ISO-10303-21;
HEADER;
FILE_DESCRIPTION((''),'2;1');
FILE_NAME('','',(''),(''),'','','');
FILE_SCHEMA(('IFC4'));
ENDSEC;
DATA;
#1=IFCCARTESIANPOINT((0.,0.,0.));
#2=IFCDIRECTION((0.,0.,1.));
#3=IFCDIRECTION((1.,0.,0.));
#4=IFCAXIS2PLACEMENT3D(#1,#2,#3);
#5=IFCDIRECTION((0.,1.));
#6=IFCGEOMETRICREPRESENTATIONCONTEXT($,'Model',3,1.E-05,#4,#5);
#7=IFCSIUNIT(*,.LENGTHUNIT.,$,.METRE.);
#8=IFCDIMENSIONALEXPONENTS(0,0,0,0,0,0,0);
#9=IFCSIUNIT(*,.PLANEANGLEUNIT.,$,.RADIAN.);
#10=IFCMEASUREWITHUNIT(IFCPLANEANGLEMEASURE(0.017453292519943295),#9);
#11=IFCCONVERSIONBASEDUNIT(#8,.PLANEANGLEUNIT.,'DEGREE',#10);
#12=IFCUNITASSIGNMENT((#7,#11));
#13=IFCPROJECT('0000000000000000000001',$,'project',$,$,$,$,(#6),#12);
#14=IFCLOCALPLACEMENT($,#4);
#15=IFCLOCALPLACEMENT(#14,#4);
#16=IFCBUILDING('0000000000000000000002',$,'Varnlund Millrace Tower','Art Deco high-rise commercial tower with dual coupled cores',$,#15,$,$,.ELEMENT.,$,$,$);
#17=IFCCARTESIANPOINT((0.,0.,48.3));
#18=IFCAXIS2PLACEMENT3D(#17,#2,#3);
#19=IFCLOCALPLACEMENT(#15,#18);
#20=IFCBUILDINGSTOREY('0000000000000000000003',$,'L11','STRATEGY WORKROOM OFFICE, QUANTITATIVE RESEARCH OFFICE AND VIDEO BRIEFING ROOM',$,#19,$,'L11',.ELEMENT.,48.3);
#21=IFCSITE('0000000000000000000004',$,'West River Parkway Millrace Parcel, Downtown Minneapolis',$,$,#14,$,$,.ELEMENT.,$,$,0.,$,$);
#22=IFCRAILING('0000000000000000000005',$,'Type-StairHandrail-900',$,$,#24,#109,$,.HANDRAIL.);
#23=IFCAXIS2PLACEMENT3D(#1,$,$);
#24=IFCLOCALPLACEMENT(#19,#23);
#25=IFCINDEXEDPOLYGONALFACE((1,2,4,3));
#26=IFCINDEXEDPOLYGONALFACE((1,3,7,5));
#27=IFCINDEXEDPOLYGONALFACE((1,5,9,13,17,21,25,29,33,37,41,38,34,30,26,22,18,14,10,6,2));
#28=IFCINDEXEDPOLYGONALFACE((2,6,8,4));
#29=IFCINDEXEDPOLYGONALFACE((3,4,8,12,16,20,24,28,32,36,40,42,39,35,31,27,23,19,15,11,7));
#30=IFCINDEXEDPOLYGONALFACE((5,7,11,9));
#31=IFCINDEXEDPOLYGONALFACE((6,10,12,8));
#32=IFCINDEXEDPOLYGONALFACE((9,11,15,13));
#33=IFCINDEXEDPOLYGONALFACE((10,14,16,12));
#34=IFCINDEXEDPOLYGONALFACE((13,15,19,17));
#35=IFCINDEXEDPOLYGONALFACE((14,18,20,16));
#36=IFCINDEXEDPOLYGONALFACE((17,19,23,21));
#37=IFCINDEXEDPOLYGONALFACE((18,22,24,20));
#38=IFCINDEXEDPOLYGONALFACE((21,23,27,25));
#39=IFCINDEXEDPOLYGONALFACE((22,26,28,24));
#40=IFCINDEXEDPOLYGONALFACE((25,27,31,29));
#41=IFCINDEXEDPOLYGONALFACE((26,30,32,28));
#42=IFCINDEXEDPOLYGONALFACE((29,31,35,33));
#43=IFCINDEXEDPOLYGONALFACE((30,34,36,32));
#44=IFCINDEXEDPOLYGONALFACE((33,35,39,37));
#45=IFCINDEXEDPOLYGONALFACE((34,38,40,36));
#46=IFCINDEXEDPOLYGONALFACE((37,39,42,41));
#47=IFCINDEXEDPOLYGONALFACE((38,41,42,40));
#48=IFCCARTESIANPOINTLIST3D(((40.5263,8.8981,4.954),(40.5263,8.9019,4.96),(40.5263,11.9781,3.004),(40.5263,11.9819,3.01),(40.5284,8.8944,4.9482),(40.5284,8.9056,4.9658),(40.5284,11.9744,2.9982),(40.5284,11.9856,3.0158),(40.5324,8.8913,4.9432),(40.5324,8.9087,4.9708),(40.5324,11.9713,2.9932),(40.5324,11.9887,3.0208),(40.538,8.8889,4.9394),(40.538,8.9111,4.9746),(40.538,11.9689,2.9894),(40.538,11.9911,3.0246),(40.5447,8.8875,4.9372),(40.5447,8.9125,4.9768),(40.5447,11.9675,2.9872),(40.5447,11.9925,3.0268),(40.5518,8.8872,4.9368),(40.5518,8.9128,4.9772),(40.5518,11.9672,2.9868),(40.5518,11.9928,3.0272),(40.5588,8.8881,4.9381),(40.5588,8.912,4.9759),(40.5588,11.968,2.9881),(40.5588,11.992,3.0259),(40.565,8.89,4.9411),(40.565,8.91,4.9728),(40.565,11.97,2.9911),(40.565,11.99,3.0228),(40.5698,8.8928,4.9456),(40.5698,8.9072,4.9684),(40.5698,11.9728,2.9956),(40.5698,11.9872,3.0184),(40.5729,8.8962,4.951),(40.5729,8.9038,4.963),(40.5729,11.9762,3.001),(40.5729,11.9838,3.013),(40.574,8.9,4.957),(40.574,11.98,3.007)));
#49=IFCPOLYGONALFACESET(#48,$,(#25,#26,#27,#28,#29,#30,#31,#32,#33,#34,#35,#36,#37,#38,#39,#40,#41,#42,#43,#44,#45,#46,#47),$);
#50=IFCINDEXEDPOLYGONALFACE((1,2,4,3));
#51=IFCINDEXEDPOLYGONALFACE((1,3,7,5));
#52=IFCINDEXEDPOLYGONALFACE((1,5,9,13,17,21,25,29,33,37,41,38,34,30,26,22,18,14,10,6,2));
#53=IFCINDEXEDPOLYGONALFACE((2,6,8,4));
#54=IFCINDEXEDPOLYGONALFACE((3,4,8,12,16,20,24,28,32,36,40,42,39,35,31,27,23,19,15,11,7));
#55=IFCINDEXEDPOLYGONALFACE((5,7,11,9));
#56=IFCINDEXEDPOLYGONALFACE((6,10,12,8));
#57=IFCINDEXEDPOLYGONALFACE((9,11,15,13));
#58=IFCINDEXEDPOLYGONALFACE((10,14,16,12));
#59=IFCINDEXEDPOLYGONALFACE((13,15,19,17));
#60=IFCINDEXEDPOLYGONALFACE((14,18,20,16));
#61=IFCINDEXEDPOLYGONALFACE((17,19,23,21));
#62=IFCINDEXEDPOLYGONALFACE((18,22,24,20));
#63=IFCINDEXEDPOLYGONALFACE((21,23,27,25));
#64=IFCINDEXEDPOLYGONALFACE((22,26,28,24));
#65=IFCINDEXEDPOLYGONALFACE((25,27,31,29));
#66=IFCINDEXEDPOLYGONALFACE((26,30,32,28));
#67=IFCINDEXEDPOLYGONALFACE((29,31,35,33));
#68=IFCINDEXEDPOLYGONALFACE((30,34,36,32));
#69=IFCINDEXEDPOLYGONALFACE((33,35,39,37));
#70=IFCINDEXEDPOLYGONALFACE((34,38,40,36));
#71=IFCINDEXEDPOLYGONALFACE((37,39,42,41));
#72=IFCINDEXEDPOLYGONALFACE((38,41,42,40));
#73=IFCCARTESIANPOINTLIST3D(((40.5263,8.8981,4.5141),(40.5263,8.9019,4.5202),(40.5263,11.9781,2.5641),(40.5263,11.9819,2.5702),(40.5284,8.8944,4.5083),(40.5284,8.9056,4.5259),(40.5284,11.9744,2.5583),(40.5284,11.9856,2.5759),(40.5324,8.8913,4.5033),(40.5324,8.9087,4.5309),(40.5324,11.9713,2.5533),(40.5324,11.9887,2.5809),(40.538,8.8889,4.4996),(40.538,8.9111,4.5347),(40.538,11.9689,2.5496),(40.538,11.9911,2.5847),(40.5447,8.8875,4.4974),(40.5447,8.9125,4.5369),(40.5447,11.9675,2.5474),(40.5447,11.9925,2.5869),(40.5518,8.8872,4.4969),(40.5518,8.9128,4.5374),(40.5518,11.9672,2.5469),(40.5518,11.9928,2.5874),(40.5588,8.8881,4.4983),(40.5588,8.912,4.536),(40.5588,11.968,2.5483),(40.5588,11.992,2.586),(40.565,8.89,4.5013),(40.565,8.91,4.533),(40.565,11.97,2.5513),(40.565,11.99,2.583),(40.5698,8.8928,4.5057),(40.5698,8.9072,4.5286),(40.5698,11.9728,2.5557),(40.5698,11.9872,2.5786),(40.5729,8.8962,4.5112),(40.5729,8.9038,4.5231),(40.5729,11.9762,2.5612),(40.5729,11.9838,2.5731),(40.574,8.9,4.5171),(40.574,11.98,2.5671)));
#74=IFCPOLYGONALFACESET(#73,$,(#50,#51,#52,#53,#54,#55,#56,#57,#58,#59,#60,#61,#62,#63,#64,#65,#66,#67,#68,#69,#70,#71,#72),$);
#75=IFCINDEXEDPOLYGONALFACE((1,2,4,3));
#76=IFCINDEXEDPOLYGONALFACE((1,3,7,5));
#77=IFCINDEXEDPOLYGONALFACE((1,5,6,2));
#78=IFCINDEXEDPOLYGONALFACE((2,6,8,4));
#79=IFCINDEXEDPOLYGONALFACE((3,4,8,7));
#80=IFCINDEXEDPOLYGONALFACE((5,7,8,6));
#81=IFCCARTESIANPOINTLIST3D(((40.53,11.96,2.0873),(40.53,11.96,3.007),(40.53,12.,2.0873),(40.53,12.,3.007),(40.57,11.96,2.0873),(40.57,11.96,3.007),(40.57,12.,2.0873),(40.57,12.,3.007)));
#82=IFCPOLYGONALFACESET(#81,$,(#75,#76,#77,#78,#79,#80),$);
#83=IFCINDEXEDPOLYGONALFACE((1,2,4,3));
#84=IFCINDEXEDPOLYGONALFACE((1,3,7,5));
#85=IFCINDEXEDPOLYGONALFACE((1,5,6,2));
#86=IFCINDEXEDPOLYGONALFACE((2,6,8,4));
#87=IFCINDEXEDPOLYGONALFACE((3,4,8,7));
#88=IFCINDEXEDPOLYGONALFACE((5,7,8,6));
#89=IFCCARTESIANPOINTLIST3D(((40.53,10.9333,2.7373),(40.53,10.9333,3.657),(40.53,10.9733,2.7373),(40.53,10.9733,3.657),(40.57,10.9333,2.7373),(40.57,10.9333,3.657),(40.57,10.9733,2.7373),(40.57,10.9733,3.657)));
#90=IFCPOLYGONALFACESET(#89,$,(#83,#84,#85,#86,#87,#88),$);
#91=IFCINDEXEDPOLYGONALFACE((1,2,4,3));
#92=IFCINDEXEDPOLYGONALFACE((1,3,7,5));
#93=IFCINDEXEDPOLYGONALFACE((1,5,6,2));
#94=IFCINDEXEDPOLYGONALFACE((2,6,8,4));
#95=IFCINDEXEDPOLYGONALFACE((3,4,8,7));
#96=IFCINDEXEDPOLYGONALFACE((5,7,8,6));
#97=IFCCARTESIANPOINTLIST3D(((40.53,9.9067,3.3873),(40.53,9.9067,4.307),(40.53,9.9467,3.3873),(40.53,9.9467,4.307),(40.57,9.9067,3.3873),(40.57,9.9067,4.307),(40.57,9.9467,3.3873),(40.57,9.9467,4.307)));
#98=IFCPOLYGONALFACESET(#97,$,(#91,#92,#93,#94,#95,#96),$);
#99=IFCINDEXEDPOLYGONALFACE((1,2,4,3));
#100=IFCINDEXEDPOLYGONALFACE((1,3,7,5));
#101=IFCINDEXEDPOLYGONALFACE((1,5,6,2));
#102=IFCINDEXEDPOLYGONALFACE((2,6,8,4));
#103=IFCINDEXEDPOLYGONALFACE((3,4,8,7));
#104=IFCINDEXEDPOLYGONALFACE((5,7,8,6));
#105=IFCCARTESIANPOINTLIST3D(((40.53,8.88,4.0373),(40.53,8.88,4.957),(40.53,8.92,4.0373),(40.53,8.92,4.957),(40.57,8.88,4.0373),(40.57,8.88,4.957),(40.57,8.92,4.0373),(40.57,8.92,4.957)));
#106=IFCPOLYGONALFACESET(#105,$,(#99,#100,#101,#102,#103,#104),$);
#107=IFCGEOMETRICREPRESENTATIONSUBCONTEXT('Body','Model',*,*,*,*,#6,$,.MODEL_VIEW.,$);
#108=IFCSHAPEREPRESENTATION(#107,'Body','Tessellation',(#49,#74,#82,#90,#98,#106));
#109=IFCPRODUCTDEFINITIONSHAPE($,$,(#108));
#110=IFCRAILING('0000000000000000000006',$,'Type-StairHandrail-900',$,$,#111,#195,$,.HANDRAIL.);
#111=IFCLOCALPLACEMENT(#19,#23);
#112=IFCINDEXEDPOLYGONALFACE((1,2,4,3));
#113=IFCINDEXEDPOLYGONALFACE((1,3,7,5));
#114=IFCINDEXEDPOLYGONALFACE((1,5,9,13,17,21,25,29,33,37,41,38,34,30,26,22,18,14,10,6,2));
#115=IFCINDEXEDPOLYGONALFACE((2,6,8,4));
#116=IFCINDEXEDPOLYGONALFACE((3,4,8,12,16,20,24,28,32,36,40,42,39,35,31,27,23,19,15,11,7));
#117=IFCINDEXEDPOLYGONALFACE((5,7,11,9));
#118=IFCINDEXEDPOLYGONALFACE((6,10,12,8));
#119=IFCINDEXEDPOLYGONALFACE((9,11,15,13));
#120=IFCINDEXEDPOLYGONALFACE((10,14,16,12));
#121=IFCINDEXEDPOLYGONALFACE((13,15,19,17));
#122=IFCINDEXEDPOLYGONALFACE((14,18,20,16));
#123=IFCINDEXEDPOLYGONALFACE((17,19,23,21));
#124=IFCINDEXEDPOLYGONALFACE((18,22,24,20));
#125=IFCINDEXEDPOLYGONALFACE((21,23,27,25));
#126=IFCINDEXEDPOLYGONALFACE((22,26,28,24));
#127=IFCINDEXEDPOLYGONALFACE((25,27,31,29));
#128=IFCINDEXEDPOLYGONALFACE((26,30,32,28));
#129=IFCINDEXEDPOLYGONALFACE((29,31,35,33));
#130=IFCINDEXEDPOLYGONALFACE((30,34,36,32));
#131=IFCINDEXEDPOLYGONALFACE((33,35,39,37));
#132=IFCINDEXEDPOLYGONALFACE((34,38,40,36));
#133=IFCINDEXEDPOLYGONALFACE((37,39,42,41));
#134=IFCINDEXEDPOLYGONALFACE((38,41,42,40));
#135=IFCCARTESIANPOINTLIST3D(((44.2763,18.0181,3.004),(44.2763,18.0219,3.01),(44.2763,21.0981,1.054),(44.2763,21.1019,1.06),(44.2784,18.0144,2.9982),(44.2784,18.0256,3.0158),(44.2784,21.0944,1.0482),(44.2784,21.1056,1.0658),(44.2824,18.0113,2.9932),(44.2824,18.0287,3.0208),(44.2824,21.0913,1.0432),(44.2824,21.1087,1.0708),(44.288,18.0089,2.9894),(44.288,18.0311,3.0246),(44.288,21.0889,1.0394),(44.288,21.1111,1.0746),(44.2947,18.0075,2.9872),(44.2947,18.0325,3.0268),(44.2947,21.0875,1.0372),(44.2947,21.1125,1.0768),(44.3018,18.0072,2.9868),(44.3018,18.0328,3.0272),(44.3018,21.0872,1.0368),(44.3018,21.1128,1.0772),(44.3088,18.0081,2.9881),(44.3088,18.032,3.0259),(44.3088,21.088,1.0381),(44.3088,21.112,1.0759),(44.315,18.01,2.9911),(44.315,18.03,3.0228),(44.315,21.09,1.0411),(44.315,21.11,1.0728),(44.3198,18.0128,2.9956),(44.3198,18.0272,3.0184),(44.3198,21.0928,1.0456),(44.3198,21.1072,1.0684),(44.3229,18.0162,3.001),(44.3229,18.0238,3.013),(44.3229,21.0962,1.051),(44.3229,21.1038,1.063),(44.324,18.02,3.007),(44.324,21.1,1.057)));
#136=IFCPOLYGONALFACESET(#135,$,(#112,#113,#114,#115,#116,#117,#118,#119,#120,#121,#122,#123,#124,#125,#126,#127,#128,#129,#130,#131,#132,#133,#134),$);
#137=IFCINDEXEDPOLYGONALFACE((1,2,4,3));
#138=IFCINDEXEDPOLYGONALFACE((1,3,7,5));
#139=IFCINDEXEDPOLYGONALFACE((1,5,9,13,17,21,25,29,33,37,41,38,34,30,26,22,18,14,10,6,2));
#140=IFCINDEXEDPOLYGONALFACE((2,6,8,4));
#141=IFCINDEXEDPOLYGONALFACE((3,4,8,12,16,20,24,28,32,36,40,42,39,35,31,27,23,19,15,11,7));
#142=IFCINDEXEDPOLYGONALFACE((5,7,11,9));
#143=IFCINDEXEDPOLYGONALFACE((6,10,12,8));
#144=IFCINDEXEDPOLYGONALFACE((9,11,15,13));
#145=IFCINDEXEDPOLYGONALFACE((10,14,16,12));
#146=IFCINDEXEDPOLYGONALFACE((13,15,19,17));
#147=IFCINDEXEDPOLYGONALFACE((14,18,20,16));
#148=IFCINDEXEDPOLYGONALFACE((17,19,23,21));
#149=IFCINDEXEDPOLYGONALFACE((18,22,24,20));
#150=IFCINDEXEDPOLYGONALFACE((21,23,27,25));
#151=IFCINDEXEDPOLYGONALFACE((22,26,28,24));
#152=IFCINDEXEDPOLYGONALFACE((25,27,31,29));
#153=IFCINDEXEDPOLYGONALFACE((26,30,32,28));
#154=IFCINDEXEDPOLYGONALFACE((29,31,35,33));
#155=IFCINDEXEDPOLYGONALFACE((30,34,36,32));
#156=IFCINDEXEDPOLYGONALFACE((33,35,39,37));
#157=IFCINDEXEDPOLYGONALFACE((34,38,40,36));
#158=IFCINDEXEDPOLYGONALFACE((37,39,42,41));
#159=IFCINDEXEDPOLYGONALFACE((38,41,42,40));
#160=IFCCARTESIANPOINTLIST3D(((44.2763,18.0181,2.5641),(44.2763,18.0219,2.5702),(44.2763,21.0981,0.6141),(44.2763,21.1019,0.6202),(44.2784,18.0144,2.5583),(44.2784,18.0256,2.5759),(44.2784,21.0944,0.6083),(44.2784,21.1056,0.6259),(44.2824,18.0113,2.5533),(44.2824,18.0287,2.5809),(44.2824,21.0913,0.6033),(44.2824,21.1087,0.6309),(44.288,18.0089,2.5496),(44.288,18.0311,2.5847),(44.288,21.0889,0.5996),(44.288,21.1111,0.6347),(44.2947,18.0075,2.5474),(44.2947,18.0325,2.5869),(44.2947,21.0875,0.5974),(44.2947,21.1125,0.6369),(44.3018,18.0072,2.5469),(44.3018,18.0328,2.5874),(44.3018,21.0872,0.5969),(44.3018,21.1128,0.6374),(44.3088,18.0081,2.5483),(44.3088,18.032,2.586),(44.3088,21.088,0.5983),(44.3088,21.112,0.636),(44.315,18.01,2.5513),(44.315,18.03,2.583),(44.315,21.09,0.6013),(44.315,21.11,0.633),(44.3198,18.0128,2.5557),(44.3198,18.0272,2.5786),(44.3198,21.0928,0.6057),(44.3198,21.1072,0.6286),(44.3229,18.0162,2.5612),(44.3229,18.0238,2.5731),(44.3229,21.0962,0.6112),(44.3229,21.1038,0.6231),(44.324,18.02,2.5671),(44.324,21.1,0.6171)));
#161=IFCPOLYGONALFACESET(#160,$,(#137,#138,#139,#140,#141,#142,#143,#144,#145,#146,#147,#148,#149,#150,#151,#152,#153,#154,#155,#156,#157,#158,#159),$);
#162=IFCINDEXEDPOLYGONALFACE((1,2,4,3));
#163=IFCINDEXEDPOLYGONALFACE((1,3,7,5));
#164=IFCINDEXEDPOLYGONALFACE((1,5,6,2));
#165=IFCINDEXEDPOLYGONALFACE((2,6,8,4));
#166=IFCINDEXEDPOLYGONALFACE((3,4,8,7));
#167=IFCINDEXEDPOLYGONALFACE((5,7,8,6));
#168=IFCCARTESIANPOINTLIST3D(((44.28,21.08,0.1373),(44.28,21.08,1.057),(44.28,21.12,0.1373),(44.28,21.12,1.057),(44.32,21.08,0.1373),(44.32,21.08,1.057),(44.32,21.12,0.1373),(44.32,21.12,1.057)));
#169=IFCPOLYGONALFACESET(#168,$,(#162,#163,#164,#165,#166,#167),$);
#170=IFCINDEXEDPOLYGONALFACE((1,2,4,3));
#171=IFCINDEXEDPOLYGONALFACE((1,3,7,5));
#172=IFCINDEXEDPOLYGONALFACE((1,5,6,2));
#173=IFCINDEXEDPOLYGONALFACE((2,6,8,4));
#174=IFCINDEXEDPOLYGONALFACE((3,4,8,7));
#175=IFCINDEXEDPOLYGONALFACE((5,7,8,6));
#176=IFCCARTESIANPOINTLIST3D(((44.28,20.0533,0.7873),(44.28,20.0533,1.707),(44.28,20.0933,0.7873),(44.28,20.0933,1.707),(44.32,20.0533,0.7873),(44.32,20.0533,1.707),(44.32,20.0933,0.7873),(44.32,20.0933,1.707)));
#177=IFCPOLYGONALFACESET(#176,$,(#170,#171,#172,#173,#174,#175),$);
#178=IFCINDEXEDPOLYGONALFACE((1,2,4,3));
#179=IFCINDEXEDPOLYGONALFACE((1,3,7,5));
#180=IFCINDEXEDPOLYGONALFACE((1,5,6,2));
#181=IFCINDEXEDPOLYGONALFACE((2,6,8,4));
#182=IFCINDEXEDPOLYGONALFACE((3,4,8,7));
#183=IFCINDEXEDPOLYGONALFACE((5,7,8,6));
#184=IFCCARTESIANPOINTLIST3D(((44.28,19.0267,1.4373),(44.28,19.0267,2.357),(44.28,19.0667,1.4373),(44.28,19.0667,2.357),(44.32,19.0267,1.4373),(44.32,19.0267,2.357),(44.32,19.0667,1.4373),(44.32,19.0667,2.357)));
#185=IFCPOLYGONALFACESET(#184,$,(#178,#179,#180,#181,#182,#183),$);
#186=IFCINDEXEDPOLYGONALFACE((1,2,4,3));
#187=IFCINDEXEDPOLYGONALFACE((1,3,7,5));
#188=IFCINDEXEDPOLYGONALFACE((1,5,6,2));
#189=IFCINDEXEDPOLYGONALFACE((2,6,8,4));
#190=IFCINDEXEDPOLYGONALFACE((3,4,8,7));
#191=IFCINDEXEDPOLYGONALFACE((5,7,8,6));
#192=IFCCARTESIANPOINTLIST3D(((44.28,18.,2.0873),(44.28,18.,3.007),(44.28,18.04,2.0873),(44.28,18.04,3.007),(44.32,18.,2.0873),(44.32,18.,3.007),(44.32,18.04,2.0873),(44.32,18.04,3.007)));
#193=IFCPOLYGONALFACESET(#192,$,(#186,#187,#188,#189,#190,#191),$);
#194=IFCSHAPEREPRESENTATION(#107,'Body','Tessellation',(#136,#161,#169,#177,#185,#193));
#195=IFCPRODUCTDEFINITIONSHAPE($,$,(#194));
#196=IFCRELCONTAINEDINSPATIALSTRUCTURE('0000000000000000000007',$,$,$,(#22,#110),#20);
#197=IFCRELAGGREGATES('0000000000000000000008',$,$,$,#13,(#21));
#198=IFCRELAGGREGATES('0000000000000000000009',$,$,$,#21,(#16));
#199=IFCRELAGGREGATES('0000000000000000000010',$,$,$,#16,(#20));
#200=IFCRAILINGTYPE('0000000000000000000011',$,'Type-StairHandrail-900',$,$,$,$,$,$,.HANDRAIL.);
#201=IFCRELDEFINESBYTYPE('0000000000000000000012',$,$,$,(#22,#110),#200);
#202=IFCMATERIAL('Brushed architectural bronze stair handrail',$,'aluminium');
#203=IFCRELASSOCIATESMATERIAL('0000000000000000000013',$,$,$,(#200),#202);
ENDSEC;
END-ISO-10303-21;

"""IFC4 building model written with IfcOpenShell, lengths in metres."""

from ifc_helpers import new_model, entity, si_unit, converted_unit, direction, frame, origin_with_axes, origin_2d_with_axis, place, context, subcontext, project, spatial, rectangle, circle, extrude, material, type_object, element, save


model = new_model("IFC4")

# Units and contexts
model_context = context("Model", 3, precision=1e-05, world=origin_with_axes(), true_north=direction((0.0, 1.0)))
body_context = subcontext(model_context, "Body", "Model", "MODEL_VIEW")
ifc_project = project(units=[si_unit("LENGTHUNIT", "METRE"), converted_unit("PLANEANGLEUNIT", "DEGREE", entity("IfcPlaneAngleMeasure", 0.017453292519943295), si_unit("PLANEANGLEUNIT", "RADIAN"), dimensions=[0, 0, 0, 0, 0, 0, 0])], contexts=[model_context])

# Site, building, storey
site_placement = place(None, origin_with_axes())
site = spatial("IfcSite", under=ifc_project, at=site_placement, Name="West River Parkway Millrace Parcel, Downtown Minneapolis", CompositionType="ELEMENT", RefElevation=0.0)
building_placement = place(site_placement, origin_with_axes())
building = spatial("IfcBuilding", under=site, at=building_placement, Name="Varnlund Millrace Tower", Description="Art Deco high-rise commercial tower with dual coupled cores", CompositionType="ELEMENT")
storey_placement = place(building_placement, frame((0.0, 0.0, 48.3), z_axis=(0.0, 0.0, 1.0), x_axis=(1.0, 0.0, 0.0)))
storey = spatial("IfcBuildingStorey", under=building, at=storey_placement, Name="L11", Description="STRATEGY WORKROOM OFFICE, QUANTITATIVE RESEARCH OFFICE AND VIDEO BRIEFING ROOM", LongName="L11", CompositionType="ELEMENT", Elevation=48.3)

# Railings
ifc_material_1 = material(Name="Brushed architectural bronze stair handrail", Category="aluminium")
railing_type_1 = type_object("IfcRailingType", Name="Type-StairHandrail-900", PredefinedType="HANDRAIL", material=ifc_material_1)
railing_1_placement = place(storey_placement, frame((0.0, 0.0, -48.3), z_axis=(0.0, 0.0, 1.0), x_axis=(1.0, 0.0, 0.0)))
element("IfcRailing", 1, at=railing_1_placement, inside=storey, type_object=railing_type_1, Name="Type-StairHandrail-900", PredefinedType="HANDRAIL", context=body_context, shape_type="SweptSolid", body=[
    extrude(circle(Radius=0.024, at=origin_2d_with_axis()), frame((40.55, 11.98, 51.307), z_axis=(0.0, -0.844902, 0.534922), x_axis=(1.0, 0.0, 0.0)), (0.0, 0.0, 1.0), 3.6454),
    extrude(circle(Radius=0.024, at=origin_2d_with_axis()), frame((40.55, 11.98, 50.8671), z_axis=(0.0, -0.844902, 0.534922), x_axis=(1.0, 0.0, 0.0)), (0.0, 0.0, 1.0), 3.6454),
    extrude(rectangle(XDim=0.04, YDim=0.04, at=origin_2d_with_axis()), frame((40.55, 11.98, 50.3873), z_axis=(0.0, 0.0, 1.0), x_axis=(1.0, 0.0, 0.0)), (0.0, 0.0, 1.0), 0.9197),
    extrude(rectangle(XDim=0.04, YDim=0.04, at=origin_2d_with_axis()), frame((40.55, 10.9533, 51.0373), z_axis=(0.0, 0.0, 1.0), x_axis=(1.0, 0.0, 0.0)), (0.0, 0.0, 1.0), 0.9197),
    extrude(rectangle(XDim=0.04, YDim=0.04, at=origin_2d_with_axis()), frame((40.55, 9.9267, 51.6873), z_axis=(0.0, 0.0, 1.0), x_axis=(1.0, 0.0, 0.0)), (0.0, 0.0, 1.0), 0.9197),
    extrude(rectangle(XDim=0.04, YDim=0.04, at=origin_2d_with_axis()), frame((40.55, 8.9, 52.3373), z_axis=(0.0, 0.0, 1.0), x_axis=(1.0, 0.0, 0.0)), (0.0, 0.0, 1.0), 0.9197),
])
railing_2_placement = place(storey_placement, frame((0.0, 0.0, -48.3), z_axis=(0.0, 0.0, 1.0), x_axis=(1.0, 0.0, 0.0)))
element("IfcRailing", 2, at=railing_2_placement, inside=storey, type_object=railing_type_1, Name="Type-StairHandrail-900", PredefinedType="HANDRAIL", context=body_context, shape_type="SweptSolid", body=[
    extrude(circle(Radius=0.024, at=origin_2d_with_axis()), frame((44.3, 21.1, 49.357), z_axis=(0.0, -0.844902, 0.534922), x_axis=(1.0, 0.0, 0.0)), (0.0, 0.0, 1.0), 3.6454),
    extrude(circle(Radius=0.024, at=origin_2d_with_axis()), frame((44.3, 21.1, 48.9171), z_axis=(0.0, -0.844902, 0.534922), x_axis=(1.0, 0.0, 0.0)), (0.0, 0.0, 1.0), 3.6454),
    extrude(rectangle(XDim=0.04, YDim=0.04, at=origin_2d_with_axis()), frame((44.3, 21.1, 48.4373), z_axis=(0.0, 0.0, 1.0), x_axis=(1.0, 0.0, 0.0)), (0.0, 0.0, 1.0), 0.9197),
    extrude(rectangle(XDim=0.04, YDim=0.04, at=origin_2d_with_axis()), frame((44.3, 20.0733, 49.0873), z_axis=(0.0, 0.0, 1.0), x_axis=(1.0, 0.0, 0.0)), (0.0, 0.0, 1.0), 0.9197),
    extrude(rectangle(XDim=0.04, YDim=0.04, at=origin_2d_with_axis()), frame((44.3, 19.0467, 49.7373), z_axis=(0.0, 0.0, 1.0), x_axis=(1.0, 0.0, 0.0)), (0.0, 0.0, 1.0), 0.9197),
    extrude(rectangle(XDim=0.04, YDim=0.04, at=origin_2d_with_axis()), frame((44.3, 18.02, 50.3873), z_axis=(0.0, 0.0, 1.0), x_axis=(1.0, 0.0, 0.0)), (0.0, 0.0, 1.0), 0.9197),
])

save(model, "model.ifc")
